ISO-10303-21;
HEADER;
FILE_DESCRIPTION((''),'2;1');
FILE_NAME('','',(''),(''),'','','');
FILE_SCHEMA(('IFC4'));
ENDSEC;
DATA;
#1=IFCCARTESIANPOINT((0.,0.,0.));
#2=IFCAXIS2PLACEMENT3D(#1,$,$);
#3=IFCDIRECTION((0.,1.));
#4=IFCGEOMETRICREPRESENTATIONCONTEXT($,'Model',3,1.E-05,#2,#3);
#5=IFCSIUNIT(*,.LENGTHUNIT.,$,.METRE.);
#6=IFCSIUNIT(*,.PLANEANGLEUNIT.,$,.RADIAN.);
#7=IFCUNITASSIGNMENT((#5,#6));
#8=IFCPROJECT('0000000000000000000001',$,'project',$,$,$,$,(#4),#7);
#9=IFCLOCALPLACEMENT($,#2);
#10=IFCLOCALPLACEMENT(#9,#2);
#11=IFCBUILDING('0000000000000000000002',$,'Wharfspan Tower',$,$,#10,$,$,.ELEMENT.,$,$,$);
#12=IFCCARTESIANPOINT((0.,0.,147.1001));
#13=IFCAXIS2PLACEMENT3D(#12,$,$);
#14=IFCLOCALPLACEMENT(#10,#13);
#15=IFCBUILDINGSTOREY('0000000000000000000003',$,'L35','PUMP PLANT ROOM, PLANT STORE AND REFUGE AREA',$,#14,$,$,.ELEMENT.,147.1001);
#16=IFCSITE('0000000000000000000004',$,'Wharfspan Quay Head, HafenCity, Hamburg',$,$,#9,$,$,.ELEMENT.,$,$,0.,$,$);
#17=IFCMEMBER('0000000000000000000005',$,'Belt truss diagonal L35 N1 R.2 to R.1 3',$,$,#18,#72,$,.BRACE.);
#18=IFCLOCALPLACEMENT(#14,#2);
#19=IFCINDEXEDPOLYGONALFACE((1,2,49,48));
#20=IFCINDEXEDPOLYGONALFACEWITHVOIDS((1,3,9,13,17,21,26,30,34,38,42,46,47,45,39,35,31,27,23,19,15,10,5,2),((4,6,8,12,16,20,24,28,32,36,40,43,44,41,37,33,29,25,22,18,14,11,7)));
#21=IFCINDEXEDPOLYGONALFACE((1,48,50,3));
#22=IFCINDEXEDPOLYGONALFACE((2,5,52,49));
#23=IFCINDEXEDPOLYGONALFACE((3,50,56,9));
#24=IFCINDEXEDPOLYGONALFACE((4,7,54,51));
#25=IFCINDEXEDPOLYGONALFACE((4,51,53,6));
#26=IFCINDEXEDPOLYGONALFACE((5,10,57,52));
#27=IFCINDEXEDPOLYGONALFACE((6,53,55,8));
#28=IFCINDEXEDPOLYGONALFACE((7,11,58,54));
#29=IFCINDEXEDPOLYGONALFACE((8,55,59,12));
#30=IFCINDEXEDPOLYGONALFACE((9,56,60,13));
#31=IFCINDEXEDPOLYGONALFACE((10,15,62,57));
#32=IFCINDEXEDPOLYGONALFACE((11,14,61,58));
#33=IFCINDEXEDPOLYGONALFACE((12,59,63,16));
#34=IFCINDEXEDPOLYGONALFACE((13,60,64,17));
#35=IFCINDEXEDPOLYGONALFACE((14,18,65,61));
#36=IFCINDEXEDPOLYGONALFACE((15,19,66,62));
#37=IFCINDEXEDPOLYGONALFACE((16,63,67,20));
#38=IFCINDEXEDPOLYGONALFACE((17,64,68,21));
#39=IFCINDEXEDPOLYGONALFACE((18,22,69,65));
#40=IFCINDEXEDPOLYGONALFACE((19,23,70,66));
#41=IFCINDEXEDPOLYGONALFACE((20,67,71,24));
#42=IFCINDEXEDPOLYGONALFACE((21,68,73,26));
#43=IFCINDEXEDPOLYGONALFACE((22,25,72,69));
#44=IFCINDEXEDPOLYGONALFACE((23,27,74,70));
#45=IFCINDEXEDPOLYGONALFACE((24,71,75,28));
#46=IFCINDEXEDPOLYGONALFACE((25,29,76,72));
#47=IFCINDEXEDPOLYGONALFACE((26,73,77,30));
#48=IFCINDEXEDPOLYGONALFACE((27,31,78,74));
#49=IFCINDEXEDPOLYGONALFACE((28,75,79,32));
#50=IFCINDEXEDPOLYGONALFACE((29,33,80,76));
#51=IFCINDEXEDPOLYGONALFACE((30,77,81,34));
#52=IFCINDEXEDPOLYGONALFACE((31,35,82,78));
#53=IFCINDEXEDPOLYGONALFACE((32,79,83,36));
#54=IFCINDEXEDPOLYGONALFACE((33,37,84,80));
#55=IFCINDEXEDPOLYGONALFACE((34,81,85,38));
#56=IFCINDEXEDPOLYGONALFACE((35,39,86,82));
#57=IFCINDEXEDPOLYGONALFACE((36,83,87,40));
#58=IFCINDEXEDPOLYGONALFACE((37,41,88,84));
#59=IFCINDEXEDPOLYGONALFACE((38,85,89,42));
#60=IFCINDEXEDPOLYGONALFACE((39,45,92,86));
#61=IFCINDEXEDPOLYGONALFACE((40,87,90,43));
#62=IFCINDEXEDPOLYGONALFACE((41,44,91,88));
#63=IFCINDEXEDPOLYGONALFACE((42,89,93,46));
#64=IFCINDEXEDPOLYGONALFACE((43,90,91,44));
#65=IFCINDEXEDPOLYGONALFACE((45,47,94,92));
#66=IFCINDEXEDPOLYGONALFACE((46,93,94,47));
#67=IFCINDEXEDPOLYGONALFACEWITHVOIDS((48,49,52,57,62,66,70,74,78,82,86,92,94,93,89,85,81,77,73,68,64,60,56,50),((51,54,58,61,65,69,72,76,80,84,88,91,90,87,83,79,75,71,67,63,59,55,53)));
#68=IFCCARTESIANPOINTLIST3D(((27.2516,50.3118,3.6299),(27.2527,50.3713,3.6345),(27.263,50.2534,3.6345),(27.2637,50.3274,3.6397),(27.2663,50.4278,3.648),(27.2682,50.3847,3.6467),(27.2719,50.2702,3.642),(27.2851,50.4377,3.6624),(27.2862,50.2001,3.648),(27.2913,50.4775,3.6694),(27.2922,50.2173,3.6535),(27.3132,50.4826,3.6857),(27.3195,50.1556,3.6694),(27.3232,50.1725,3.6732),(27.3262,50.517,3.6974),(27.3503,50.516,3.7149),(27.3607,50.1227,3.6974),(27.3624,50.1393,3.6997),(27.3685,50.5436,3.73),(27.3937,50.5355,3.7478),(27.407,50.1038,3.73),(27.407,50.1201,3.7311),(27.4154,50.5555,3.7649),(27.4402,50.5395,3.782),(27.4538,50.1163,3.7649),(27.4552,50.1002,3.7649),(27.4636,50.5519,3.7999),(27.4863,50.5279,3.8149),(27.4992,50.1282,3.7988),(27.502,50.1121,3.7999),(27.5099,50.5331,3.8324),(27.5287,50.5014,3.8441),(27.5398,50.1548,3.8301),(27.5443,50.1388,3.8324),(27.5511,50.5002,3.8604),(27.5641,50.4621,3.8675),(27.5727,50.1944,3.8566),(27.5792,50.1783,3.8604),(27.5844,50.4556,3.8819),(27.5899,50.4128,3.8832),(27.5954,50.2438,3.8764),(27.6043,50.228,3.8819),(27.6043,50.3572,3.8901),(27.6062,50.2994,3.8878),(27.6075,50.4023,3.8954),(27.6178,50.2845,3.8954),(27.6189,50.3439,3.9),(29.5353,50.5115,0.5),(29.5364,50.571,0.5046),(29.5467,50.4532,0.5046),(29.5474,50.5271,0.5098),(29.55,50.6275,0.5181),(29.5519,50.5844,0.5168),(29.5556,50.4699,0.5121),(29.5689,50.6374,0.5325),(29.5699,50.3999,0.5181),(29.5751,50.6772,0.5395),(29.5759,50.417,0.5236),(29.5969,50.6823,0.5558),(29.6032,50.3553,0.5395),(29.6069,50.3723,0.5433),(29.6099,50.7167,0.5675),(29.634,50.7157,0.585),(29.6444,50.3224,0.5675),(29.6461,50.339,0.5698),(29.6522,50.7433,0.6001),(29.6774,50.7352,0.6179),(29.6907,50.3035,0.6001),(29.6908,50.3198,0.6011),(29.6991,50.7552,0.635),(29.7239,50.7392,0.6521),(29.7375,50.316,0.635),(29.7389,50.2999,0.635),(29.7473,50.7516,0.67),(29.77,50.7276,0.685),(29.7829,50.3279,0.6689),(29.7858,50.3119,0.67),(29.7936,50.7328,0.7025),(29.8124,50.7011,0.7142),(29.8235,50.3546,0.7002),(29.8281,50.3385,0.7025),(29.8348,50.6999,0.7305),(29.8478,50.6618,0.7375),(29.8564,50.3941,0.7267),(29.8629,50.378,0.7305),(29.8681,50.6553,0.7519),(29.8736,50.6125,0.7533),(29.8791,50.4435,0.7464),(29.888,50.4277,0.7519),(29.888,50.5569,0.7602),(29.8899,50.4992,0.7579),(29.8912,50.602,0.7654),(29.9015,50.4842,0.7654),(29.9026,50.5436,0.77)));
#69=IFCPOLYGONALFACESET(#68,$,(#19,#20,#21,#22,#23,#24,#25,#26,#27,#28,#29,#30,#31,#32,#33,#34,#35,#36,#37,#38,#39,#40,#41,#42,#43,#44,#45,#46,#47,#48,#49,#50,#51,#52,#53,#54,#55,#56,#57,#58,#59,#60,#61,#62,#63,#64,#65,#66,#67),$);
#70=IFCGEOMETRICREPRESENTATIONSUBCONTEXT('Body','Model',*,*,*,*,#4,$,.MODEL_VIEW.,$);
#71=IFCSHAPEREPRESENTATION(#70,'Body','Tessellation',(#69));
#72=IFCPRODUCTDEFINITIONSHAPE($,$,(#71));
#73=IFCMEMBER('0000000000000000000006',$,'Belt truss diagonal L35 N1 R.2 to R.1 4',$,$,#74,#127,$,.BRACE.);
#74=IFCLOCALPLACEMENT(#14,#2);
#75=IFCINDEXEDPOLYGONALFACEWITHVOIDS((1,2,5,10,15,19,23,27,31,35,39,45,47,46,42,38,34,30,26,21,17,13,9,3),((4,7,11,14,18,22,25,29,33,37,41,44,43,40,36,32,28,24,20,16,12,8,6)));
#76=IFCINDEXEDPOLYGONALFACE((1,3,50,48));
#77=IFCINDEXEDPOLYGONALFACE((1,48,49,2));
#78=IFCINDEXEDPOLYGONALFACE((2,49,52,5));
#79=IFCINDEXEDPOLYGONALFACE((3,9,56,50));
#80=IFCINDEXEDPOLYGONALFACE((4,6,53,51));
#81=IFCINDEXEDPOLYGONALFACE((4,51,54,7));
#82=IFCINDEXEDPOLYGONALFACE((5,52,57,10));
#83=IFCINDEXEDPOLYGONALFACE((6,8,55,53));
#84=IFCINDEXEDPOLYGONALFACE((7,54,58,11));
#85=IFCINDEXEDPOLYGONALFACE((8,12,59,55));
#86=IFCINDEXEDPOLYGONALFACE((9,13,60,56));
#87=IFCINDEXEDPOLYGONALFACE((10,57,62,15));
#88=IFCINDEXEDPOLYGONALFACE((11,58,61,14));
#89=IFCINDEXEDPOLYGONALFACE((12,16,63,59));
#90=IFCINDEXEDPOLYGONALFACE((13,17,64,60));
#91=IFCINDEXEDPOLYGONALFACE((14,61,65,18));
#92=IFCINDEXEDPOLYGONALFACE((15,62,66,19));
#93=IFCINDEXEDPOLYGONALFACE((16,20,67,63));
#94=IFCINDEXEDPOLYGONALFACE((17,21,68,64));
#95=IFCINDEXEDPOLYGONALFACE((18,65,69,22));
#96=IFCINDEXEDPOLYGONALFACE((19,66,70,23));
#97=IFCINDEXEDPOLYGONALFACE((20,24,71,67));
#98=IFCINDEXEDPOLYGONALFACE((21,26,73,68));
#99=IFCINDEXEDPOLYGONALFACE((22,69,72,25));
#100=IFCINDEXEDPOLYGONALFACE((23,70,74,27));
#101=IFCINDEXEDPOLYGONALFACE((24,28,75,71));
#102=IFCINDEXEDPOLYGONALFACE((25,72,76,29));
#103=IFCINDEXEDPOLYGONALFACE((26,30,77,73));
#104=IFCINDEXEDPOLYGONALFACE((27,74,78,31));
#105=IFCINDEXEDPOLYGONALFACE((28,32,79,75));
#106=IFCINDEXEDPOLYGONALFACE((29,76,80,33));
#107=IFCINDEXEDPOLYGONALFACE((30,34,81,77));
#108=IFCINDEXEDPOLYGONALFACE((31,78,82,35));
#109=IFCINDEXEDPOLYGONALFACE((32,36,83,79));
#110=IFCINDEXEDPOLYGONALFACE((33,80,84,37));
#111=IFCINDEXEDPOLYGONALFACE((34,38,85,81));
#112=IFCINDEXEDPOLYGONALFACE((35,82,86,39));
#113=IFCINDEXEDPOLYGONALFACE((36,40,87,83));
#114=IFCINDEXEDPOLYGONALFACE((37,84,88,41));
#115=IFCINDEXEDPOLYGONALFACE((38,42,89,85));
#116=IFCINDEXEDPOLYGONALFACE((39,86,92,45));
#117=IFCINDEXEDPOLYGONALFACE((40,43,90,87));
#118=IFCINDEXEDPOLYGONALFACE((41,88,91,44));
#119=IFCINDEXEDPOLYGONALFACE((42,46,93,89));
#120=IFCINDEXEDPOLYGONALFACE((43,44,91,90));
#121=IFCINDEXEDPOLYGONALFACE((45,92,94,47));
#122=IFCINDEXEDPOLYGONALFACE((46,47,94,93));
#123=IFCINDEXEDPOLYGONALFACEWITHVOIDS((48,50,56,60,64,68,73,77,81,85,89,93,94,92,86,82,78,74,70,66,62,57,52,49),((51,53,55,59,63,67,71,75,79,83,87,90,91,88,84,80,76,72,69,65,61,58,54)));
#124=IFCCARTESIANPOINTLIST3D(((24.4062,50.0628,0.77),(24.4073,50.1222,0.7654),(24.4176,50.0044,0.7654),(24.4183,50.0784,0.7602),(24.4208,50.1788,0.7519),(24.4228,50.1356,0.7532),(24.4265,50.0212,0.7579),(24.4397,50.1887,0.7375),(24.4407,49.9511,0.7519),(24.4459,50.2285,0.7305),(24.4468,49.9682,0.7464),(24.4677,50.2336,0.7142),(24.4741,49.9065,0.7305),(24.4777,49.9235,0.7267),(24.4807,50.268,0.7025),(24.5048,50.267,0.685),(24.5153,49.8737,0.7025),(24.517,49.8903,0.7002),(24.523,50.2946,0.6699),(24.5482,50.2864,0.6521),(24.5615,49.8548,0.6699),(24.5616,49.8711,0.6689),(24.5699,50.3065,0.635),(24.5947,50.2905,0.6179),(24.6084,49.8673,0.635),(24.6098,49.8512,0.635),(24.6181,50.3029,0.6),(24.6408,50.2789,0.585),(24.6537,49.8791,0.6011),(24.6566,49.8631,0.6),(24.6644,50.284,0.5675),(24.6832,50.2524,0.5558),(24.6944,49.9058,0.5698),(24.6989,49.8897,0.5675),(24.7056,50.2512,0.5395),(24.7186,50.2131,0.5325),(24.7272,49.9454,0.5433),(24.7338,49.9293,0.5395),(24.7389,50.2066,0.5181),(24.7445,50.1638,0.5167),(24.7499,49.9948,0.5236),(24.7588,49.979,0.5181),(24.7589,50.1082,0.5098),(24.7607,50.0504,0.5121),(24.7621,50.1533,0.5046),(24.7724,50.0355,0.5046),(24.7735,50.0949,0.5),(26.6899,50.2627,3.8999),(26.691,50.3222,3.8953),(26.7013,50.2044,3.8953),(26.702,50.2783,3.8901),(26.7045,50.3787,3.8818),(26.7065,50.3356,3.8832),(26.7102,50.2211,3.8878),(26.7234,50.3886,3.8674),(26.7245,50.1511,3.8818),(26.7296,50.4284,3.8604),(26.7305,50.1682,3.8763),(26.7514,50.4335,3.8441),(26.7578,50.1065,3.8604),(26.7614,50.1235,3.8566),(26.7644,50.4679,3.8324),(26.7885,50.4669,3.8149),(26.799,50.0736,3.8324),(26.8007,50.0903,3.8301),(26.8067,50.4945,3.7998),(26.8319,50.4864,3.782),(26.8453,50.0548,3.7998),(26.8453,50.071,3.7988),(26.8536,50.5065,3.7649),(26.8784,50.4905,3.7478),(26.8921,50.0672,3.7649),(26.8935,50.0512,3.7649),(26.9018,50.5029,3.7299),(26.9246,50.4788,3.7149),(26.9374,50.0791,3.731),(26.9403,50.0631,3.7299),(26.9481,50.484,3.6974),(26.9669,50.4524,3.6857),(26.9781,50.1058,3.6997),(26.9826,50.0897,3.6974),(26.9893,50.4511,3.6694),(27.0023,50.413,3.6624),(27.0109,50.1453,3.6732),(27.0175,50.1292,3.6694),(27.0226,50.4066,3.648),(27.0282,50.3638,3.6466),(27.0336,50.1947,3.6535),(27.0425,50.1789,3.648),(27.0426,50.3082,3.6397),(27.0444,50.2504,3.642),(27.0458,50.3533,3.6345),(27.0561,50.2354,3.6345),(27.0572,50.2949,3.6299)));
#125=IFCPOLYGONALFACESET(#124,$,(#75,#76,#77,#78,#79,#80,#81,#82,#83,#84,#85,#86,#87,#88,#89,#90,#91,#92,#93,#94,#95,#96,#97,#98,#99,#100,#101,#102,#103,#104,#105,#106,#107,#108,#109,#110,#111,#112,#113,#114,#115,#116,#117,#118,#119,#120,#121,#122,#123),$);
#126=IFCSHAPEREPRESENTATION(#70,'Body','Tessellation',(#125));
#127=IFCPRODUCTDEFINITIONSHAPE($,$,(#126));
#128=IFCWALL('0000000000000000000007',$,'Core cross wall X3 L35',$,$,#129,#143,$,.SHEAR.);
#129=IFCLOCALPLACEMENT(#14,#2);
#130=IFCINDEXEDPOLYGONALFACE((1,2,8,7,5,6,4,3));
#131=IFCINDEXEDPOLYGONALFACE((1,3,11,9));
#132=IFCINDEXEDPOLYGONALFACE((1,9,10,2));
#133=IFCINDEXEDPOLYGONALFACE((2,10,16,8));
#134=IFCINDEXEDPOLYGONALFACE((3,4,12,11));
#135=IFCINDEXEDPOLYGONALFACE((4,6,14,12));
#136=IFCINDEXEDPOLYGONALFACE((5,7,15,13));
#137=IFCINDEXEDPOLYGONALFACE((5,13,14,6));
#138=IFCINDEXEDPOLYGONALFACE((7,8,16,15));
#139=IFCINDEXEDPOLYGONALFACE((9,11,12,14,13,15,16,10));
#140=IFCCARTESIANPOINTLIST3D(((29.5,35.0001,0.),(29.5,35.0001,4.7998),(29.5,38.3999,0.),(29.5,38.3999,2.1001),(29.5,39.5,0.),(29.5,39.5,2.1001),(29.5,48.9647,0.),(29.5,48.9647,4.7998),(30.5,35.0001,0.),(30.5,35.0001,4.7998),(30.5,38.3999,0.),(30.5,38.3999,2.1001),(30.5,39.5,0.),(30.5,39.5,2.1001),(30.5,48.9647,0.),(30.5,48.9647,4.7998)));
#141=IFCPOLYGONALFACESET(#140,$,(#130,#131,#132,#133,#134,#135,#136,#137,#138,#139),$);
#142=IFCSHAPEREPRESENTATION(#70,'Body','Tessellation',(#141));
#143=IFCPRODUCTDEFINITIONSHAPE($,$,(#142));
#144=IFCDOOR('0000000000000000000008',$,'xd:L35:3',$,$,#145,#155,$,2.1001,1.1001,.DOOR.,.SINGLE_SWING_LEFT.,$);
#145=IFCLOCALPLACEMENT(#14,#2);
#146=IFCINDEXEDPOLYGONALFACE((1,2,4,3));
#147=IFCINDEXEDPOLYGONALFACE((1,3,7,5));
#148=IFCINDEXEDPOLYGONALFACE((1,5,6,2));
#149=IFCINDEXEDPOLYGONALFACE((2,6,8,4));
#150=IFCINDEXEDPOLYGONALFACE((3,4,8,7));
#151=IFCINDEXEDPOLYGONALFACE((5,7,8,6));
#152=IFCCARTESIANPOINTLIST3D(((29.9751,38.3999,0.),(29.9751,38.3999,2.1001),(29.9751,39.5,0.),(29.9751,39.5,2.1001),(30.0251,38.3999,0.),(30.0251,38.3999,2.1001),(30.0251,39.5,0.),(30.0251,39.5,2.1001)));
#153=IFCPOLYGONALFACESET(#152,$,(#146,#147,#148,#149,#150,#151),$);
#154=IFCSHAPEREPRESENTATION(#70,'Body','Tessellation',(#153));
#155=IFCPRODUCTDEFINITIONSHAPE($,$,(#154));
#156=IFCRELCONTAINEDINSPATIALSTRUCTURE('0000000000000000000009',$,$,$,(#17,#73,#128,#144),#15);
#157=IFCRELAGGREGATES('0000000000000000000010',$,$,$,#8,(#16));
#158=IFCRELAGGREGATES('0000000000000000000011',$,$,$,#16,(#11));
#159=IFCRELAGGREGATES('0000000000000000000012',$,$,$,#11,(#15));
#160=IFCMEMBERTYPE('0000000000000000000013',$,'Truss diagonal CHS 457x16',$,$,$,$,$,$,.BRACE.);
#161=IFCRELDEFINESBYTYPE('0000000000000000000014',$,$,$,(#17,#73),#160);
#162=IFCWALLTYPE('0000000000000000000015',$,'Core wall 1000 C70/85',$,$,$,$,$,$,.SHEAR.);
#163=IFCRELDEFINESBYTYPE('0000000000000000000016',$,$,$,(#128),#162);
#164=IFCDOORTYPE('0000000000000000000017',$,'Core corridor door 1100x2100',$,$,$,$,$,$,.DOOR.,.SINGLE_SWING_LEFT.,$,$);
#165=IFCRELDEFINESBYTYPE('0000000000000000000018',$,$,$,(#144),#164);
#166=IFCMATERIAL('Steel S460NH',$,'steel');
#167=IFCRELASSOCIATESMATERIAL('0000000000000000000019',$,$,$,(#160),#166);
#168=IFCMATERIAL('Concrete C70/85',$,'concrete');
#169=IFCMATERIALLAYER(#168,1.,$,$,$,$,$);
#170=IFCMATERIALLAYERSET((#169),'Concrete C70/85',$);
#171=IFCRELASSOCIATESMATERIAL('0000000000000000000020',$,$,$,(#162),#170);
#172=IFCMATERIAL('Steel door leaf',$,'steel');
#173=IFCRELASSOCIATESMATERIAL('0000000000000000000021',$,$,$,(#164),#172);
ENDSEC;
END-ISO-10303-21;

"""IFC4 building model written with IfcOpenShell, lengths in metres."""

from ifc_helpers import new_model, si_unit, direction, frame, frame_2d, origin, origin_2d, place, context, subcontext, project, spatial, rectangle, hollow_circle, extrude, material, layer, layer_set, material_profile, profile_set, type_object, element, fill, save


model = new_model("IFC4")

# Units and contexts
model_context = context("Model", 3, precision=1e-05, world=origin(), true_north=direction((0.0, 1.0)))
body_context = subcontext(model_context, "Body", "Model", "MODEL_VIEW")
ifc_project = project(units=[si_unit("LENGTHUNIT", "METRE"), si_unit("PLANEANGLEUNIT", "RADIAN")], contexts=[model_context])

# Site, building, storey
site_placement = place(None, origin())
site = spatial("IfcSite", under=ifc_project, at=site_placement, Name="Wharfspan Quay Head, HafenCity, Hamburg", CompositionType="ELEMENT", RefElevation=0.0)
building_placement = place(site_placement, origin())
building = spatial("IfcBuilding", under=site, at=building_placement, Name="Wharfspan Tower", CompositionType="ELEMENT")
storey_placement = place(building_placement, frame((0.0, 0.0, 147.1001)))
storey = spatial("IfcBuildingStorey", under=building, at=storey_placement, Name="L35", Description="PUMP PLANT ROOM, PLANT STORE AND REFUGE AREA", CompositionType="ELEMENT", Elevation=147.1001)

# Members
ifc_material_1 = material(Name="Steel S460NH", Category="steel")
ifc_material_profile_1 = material_profile(ifc_material_1, hollow_circle(Radius=0.2285, WallThickness=0.0161, at=origin_2d()))
ifc_profile_set_1 = profile_set([ifc_material_profile_1], Name="Steel S460NH")
member_type = type_object("IfcMemberType", Name="Truss diagonal CHS 457x16", PredefinedType="BRACE", material=ifc_profile_set_1)
for number, where, z_axis, x_axis, name in (
    (1, (29.719, 50.5276, 0.635), (-0.588641, -0.051476, 0.806754), (0.087114, -0.996202, -0.000002), "Belt truss diagonal L35 N1 R.2 to R.1 3"),
    (2, (26.8735, 50.2788, 3.7649), (-0.588639, -0.051539, -0.806751), (0.087224, -0.99619, -0.000001), "Belt truss diagonal L35 N1 R.2 to R.1 4"),
):
    element("IfcMember", number, at=place(storey_placement, frame(where, z_axis=z_axis, x_axis=x_axis)), inside=storey, type_object=member_type, Name=name, PredefinedType="BRACE", context=body_context, shape_type="SweptSolid", body=[
        extrude(hollow_circle(Radius=0.2285, WallThickness=0.0161, at=origin_2d()), origin(), (0.0, 0.0, 1.0), 3.8796),
    ])

# Wall, opening, door
ifc_material_2 = material(Name="Concrete C70/85", Category="concrete")
ifc_layer_1 = layer(ifc_material_2, 1.0)
ifc_layer_set_1 = layer_set([ifc_layer_1], Name="Concrete C70/85")
wall_type_1 = type_object("IfcWallType", Name="Core wall 1000 C70/85", PredefinedType="SHEAR", material=ifc_layer_set_1)
wall_1_placement = place(storey_placement, frame((30.0, 35.0, 0.0), z_axis=(0.0, 0.0, 1.0), x_axis=(0.0, 1.0, 0.0)))
wall_1 = element("IfcWall", 3, at=wall_1_placement, inside=storey, type_object=wall_type_1, Name="Core cross wall X3 L35", PredefinedType="SHEAR", context=body_context, shape_type="SweptSolid", body=[
    extrude(rectangle(XDim=13.9646, YDim=1.0, at=frame_2d((6.9824, 0.0))), origin(), (0.0, 0.0, 1.0), 4.7998),
])
opening_1_placement = place(wall_1_placement, frame((3.3999, 0.0, 0.0)))
opening_1 = element("IfcOpeningElement", 4, at=opening_1_placement, cuts=wall_1, PredefinedType="OPENING", context=body_context, shape_type="SweptSolid", body=[
    extrude(rectangle(XDim=1.1001, YDim=2.1001, at=frame_2d((0.55, 1.05))), frame((0.0, 0.51, 0.0), z_axis=(0.0, -1.0, 0.0), x_axis=(1.0, 0.0, 0.0)), (0.0, 0.0, 1.0), 1.02),
])
ifc_material_3 = material(Name="Steel door leaf", Category="steel")
door_type_1 = type_object("IfcDoorType", Name="Core corridor door 1100x2100", OperationType="SINGLE_SWING_LEFT", PredefinedType="DOOR", material=ifc_material_3)
door_1_placement = place(opening_1_placement, origin())
door_1 = element("IfcDoor", 5, at=door_1_placement, inside=storey, type_object=door_type_1, Name="xd:L35:3", OperationType="SINGLE_SWING_LEFT", OverallHeight=2.1001, OverallWidth=1.1001, PredefinedType="DOOR", context=body_context, shape_type="SweptSolid", body=[
    extrude(rectangle(XDim=1.1001, YDim=2.1001, at=frame_2d((0.55, 1.05))), frame((0.0, 0.0249, 0.0), z_axis=(0.0, -1.0, 0.0), x_axis=(1.0, 0.0, 0.0)), (0.0, 0.0, 1.0), 0.05),
])
fill(opening_1, door_1)

save(model, "model.ifc")
